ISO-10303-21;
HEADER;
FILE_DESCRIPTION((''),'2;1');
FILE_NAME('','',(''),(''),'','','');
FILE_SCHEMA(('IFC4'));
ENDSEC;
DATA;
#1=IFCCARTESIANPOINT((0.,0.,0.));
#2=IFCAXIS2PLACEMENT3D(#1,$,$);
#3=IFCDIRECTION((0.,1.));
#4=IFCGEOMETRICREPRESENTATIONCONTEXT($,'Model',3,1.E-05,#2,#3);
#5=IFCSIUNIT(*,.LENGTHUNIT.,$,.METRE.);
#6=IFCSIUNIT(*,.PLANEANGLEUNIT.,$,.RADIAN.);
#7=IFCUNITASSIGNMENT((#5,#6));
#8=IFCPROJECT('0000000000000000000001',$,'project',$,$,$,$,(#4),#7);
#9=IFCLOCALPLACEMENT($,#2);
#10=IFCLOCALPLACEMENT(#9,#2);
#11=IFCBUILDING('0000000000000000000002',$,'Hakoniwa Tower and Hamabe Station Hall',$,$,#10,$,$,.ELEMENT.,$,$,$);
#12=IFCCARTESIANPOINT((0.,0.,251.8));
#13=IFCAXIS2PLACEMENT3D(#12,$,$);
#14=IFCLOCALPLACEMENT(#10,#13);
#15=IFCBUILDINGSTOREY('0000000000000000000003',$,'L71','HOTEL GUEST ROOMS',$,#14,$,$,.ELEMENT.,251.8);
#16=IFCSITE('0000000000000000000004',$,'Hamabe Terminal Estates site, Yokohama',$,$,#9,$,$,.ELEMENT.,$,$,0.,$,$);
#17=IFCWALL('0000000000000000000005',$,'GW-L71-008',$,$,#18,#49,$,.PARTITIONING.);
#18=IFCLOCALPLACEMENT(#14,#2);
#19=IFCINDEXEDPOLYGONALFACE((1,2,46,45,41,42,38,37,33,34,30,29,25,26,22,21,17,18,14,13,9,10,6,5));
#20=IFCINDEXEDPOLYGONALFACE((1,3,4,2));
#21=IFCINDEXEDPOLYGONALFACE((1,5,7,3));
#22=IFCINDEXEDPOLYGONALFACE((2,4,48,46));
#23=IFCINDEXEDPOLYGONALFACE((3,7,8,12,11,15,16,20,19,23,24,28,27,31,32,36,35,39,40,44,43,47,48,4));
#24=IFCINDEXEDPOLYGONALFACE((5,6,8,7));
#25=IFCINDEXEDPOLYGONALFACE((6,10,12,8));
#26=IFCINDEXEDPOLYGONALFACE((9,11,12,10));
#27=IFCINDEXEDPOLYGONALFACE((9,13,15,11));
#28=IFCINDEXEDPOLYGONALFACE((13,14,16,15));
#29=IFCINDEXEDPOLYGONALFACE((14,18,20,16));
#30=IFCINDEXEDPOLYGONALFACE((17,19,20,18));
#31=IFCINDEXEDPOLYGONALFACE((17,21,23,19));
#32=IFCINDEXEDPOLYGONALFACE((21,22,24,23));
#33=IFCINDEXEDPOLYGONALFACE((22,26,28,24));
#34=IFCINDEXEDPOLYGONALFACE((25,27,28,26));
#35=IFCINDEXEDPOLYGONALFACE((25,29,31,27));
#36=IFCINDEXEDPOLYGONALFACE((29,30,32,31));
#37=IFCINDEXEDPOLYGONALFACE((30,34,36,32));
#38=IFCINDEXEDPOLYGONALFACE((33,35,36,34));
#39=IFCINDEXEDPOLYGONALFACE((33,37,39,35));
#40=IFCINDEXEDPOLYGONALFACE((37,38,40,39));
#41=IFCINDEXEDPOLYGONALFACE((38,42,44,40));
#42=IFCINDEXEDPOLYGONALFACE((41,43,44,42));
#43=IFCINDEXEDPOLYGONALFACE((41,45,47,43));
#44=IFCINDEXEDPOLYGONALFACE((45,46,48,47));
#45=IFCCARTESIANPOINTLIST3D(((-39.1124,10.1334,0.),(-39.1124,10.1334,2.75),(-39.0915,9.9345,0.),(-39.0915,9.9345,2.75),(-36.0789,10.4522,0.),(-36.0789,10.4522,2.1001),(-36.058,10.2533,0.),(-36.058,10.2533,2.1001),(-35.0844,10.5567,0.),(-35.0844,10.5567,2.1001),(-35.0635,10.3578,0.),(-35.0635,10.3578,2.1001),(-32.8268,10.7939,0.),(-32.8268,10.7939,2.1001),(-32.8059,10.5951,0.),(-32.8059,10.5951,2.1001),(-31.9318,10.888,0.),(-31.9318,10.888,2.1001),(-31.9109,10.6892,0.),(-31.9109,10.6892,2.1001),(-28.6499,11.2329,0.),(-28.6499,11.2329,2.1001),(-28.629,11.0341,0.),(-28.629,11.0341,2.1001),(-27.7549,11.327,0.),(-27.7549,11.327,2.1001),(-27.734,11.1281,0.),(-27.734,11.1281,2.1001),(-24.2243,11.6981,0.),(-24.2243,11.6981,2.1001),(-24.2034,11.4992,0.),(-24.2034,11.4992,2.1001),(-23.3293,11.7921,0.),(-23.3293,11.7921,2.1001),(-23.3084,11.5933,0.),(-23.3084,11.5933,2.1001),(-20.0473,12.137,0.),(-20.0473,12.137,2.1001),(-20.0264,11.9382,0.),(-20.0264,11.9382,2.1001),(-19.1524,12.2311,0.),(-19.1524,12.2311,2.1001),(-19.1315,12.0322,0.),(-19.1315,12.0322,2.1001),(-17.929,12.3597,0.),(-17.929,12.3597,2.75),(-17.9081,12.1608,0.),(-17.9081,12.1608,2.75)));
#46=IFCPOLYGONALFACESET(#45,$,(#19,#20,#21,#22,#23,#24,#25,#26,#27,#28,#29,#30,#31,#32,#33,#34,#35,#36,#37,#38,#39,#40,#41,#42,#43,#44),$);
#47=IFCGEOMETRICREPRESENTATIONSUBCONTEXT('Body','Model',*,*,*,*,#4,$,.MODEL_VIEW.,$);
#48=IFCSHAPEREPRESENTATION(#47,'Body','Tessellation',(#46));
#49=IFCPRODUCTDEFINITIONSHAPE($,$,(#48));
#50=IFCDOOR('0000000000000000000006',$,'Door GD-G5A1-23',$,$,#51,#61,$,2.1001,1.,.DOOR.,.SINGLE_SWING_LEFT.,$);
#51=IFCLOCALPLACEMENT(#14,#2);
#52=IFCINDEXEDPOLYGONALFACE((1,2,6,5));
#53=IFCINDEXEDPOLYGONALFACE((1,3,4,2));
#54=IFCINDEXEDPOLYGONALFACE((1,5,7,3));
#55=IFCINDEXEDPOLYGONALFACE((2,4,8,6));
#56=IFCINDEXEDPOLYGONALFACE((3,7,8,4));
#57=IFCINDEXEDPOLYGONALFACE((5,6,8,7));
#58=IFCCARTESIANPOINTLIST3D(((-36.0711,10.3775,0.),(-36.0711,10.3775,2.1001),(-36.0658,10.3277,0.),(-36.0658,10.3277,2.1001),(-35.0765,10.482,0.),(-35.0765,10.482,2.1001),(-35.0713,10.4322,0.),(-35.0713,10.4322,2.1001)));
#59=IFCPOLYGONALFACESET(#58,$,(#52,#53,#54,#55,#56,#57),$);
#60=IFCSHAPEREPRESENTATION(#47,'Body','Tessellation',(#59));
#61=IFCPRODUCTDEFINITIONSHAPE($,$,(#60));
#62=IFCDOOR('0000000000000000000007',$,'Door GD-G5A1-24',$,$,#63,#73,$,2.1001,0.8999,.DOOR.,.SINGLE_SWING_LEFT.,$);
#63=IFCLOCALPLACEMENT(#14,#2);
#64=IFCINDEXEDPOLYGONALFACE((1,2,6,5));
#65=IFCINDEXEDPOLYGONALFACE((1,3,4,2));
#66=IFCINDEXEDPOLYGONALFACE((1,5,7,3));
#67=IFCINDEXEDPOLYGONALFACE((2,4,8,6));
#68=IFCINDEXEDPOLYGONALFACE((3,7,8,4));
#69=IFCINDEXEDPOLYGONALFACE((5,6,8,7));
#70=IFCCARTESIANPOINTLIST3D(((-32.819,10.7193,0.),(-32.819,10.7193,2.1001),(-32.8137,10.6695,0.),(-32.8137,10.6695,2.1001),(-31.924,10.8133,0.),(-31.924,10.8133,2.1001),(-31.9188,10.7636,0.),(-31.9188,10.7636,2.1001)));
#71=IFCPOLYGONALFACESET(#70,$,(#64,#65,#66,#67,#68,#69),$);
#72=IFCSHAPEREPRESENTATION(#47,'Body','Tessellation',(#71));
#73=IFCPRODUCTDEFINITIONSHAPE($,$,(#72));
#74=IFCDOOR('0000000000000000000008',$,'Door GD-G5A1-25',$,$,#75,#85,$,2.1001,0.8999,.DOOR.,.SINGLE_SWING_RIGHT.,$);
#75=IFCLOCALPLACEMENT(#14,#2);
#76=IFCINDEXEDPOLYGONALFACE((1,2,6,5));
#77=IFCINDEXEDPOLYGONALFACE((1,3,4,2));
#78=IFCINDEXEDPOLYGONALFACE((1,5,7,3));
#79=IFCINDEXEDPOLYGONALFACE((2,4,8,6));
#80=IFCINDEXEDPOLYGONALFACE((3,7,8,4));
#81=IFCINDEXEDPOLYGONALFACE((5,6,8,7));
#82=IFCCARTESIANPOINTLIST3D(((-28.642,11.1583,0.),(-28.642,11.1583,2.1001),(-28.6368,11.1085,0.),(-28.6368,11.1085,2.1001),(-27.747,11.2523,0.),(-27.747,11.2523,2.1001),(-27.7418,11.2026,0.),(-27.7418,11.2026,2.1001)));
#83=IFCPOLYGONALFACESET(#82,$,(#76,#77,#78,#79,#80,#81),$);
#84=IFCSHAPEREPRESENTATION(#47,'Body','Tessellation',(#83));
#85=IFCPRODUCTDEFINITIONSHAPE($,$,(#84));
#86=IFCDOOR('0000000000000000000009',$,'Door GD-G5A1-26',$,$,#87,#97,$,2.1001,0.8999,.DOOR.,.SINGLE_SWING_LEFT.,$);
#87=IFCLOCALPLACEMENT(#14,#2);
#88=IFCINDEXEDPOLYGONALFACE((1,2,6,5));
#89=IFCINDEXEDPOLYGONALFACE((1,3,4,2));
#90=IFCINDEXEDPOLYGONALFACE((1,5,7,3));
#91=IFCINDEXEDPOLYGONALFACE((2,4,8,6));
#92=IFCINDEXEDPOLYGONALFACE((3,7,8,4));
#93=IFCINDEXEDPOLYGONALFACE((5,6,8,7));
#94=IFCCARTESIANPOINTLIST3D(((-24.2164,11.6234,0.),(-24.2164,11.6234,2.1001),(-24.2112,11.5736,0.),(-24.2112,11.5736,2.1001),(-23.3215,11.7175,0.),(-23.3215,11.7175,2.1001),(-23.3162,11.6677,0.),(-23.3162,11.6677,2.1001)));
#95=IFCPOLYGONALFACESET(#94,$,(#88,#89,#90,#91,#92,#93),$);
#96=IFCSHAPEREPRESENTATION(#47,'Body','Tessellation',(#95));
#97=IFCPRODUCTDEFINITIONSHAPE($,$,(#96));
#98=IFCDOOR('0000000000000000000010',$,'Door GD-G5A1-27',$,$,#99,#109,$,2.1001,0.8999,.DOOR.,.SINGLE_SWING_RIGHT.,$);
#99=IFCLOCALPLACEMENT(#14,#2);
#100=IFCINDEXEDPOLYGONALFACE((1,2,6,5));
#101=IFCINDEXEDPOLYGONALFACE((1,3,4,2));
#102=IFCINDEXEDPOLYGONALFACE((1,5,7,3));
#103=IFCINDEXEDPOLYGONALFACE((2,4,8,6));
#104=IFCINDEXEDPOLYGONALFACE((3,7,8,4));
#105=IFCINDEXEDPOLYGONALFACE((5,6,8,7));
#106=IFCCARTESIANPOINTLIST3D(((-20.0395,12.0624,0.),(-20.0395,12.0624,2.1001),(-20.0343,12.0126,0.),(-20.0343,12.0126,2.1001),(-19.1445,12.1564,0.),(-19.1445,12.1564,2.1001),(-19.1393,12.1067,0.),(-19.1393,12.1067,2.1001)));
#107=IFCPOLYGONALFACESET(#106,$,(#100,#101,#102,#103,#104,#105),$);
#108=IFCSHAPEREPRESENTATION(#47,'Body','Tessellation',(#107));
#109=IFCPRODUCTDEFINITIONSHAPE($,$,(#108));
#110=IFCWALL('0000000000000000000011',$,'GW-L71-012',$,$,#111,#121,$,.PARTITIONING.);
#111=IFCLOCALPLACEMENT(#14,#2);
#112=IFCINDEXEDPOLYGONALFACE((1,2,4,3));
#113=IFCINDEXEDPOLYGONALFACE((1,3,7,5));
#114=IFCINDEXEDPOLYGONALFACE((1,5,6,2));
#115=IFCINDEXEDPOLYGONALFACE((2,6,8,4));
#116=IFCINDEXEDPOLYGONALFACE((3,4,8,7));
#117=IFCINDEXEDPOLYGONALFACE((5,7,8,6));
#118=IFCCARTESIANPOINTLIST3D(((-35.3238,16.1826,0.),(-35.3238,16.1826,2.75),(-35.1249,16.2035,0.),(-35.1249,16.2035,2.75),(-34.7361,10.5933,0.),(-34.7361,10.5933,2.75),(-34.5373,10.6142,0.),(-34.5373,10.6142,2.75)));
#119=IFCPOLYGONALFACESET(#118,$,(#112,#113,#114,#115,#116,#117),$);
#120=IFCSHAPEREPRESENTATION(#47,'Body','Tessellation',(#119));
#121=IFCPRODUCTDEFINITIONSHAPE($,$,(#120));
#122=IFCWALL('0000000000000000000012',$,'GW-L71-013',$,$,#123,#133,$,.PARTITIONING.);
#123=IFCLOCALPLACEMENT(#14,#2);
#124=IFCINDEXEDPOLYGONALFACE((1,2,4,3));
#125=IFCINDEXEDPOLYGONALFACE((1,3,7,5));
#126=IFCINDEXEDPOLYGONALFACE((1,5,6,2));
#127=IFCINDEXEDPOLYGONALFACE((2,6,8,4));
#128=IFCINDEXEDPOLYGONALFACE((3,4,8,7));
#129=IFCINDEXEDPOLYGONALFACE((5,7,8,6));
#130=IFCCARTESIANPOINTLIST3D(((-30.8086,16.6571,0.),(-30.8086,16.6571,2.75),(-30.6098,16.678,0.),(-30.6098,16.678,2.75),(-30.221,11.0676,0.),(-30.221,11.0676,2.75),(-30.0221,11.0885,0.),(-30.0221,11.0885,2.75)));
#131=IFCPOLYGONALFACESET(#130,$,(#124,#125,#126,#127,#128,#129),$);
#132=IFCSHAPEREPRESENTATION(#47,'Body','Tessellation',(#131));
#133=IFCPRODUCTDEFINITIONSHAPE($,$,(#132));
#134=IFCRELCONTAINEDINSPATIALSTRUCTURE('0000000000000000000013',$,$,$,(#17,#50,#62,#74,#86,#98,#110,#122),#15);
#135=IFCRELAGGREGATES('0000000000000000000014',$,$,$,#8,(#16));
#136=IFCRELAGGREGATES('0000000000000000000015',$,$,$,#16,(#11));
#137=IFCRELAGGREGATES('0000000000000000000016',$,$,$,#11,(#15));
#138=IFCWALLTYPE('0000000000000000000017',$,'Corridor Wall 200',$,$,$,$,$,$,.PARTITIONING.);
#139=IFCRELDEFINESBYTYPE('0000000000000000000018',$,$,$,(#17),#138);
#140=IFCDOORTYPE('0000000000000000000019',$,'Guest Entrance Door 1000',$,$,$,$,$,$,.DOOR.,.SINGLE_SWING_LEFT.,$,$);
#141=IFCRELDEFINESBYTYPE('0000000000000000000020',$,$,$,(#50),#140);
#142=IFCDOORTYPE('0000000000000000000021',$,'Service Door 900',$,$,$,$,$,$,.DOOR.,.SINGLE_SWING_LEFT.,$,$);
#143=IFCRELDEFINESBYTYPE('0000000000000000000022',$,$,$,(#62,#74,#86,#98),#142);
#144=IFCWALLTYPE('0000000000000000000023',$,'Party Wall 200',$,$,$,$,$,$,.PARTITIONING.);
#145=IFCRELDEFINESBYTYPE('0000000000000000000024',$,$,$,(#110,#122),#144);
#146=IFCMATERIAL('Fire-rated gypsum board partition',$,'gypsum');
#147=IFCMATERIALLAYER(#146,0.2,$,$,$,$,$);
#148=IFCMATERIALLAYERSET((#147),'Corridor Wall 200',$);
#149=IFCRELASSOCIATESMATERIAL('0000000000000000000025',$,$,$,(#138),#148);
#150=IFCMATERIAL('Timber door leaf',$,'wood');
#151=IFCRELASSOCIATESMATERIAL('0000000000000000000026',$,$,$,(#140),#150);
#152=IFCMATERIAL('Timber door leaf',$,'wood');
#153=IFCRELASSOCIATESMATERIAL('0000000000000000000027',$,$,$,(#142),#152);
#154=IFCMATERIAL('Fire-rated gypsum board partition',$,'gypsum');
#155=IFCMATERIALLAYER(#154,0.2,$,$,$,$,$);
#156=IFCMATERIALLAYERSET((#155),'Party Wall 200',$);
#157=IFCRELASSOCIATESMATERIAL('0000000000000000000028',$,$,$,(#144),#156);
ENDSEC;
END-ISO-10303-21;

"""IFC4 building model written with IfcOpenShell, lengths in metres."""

from ifc_helpers import new_model, si_unit, direction, frame, frame_2d, origin, place, context, subcontext, project, spatial, rectangle, extrude, material, layer, layer_set, type_object, element, fill, save


model = new_model("IFC4")

# Units and contexts
model_context = context("Model", 3, precision=1e-05, world=origin(), true_north=direction((0.0, 1.0)))
body_context = subcontext(model_context, "Body", "Model", "MODEL_VIEW")
ifc_project = project(units=[si_unit("LENGTHUNIT", "METRE"), si_unit("PLANEANGLEUNIT", "RADIAN")], contexts=[model_context])

# Site, building, storey
site_placement = place(None, origin())
site = spatial("IfcSite", under=ifc_project, at=site_placement, Name="Hamabe Terminal Estates site, Yokohama", CompositionType="ELEMENT", RefElevation=0.0)
building_placement = place(site_placement, origin())
building = spatial("IfcBuilding", under=site, at=building_placement, Name="Hakoniwa Tower and Hamabe Station Hall", CompositionType="ELEMENT")
storey_placement = place(building_placement, frame((0.0, 0.0, 251.8)))
storey = spatial("IfcBuildingStorey", under=building, at=storey_placement, Name="L71", Description="HOTEL GUEST ROOMS", CompositionType="ELEMENT", Elevation=251.8)

# Wall, openings, doors
ifc_material_1 = material(Name="Fire-rated gypsum board partition", Category="gypsum")
ifc_layer_1 = layer(ifc_material_1, 0.2)
ifc_layer_set_1 = layer_set([ifc_layer_1], Name="Corridor Wall 200")
wall_type_1 = type_object("IfcWallType", Name="Corridor Wall 200", PredefinedType="PARTITIONING", material=ifc_layer_set_1)
wall_1_placement = place(storey_placement, frame((-39.1018, 10.0339, 0.0), z_axis=(0.0, 0.0, 1.0), x_axis=(0.994523, 0.104522, 0.0)))
wall_1 = element("IfcWall", 1, at=wall_1_placement, inside=storey, type_object=wall_type_1, Name="GW-L71-008", PredefinedType="PARTITIONING", context=body_context, shape_type="SweptSolid", body=[
    extrude(rectangle(XDim=21.3, YDim=0.2, at=frame_2d((10.6499, 0.0))), origin(), (0.0, 0.0, 1.0), 2.75),
])
opening_1_placement = place(wall_1_placement, frame((3.05, 0.0, 0.0)))
opening_1 = element("IfcOpeningElement", 2, at=opening_1_placement, cuts=wall_1, PredefinedType="OPENING", context=body_context, shape_type="SweptSolid", body=[
    extrude(rectangle(XDim=1.0, YDim=2.1001, at=frame_2d((0.5, 1.05))), frame((0.0, 0.1099, 0.0), z_axis=(0.0, -1.0, 0.0), x_axis=(1.0, 0.0, 0.0)), (0.0, 0.0, 1.0), 0.22),
])
opening_2_placement = place(wall_1_placement, frame((6.3201, 0.0, 0.0)))
opening_2 = element("IfcOpeningElement", 3, at=opening_2_placement, cuts=wall_1, PredefinedType="OPENING", context=body_context, shape_type="SweptSolid", body=[
    extrude(rectangle(XDim=0.8999, YDim=2.1001, at=frame_2d((0.45, 1.05))), frame((0.0, 0.1099, 0.0), z_axis=(0.0, -1.0, 0.0), x_axis=(1.0, 0.0, 0.0)), (0.0, 0.0, 1.0), 0.22),
])
opening_3_placement = place(wall_1_placement, frame((10.52, 0.0, 0.0)))
opening_3 = element("IfcOpeningElement", 4, at=opening_3_placement, cuts=wall_1, PredefinedType="OPENING", context=body_context, shape_type="SweptSolid", body=[
    extrude(rectangle(XDim=0.8999, YDim=2.1001, at=frame_2d((0.45, 1.05))), frame((0.0, 0.1099, 0.0), z_axis=(0.0, -1.0, 0.0), x_axis=(1.0, 0.0, 0.0)), (0.0, 0.0, 1.0), 0.22),
])
opening_4_placement = place(wall_1_placement, frame((14.97, 0.0, 0.0)))
opening_4 = element("IfcOpeningElement", 5, at=opening_4_placement, cuts=wall_1, PredefinedType="OPENING", context=body_context, shape_type="SweptSolid", body=[
    extrude(rectangle(XDim=0.8999, YDim=2.1001, at=frame_2d((0.45, 1.05))), frame((0.0, 0.1099, 0.0), z_axis=(0.0, -1.0, 0.0), x_axis=(1.0, 0.0, 0.0)), (0.0, 0.0, 1.0), 0.22),
])
opening_5_placement = place(wall_1_placement, frame((19.1699, 0.0, 0.0)))
opening_5 = element("IfcOpeningElement", 6, at=opening_5_placement, cuts=wall_1, PredefinedType="OPENING", context=body_context, shape_type="SweptSolid", body=[
    extrude(rectangle(XDim=0.8999, YDim=2.1001, at=frame_2d((0.45, 1.05))), frame((0.0, 0.1099, 0.0), z_axis=(0.0, -1.0, 0.0), x_axis=(1.0, 0.0, 0.0)), (0.0, 0.0, 1.0), 0.22),
])
ifc_material_2 = material(Name="Timber door leaf", Category="wood")
door_type_1 = type_object("IfcDoorType", Name="Guest Entrance Door 1000", OperationType="SINGLE_SWING_LEFT", PredefinedType="DOOR", material=ifc_material_2)
door_1_placement = place(opening_1_placement, origin())
door_1 = element("IfcDoor", 7, at=door_1_placement, inside=storey, type_object=door_type_1, Name="Door GD-G5A1-23", OperationType="SINGLE_SWING_LEFT", OverallHeight=2.1001, OverallWidth=1.0, PredefinedType="DOOR", context=body_context, shape_type="SweptSolid", body=[
    extrude(rectangle(XDim=1.0, YDim=2.1001, at=frame_2d((0.5, 1.05))), frame((0.0, 0.0249, 0.0), z_axis=(0.0, -1.0, 0.0), x_axis=(1.0, 0.0, 0.0)), (0.0, 0.0, 1.0), 0.05),
])
fill(opening_1, door_1)
ifc_material_3 = material(Name="Timber door leaf", Category="wood")
door_type_2 = type_object("IfcDoorType", Name="Service Door 900", OperationType="SINGLE_SWING_LEFT", PredefinedType="DOOR", material=ifc_material_3)
door_2_placement = place(opening_2_placement, origin())
door_2 = element("IfcDoor", 8, at=door_2_placement, inside=storey, type_object=door_type_2, Name="Door GD-G5A1-24", OperationType="SINGLE_SWING_LEFT", OverallHeight=2.1001, OverallWidth=0.8999, PredefinedType="DOOR", context=body_context, shape_type="SweptSolid", body=[
    extrude(rectangle(XDim=0.8999, YDim=2.1001, at=frame_2d((0.45, 1.05))), frame((0.0, 0.0249, 0.0), z_axis=(0.0, -1.0, 0.0), x_axis=(1.0, 0.0, 0.0)), (0.0, 0.0, 1.0), 0.05),
])
fill(opening_2, door_2)
door_3_placement = place(opening_3_placement, origin())
door_3 = element("IfcDoor", 9, at=door_3_placement, inside=storey, type_object=door_type_2, Name="Door GD-G5A1-25", OperationType="SINGLE_SWING_RIGHT", OverallHeight=2.1001, OverallWidth=0.8999, PredefinedType="DOOR", context=body_context, shape_type="SweptSolid", body=[
    extrude(rectangle(XDim=0.8999, YDim=2.1001, at=frame_2d((0.45, 1.05))), frame((0.0, 0.0249, 0.0), z_axis=(0.0, -1.0, 0.0), x_axis=(1.0, 0.0, 0.0)), (0.0, 0.0, 1.0), 0.05),
])
fill(opening_3, door_3)
door_4_placement = place(opening_4_placement, origin())
door_4 = element("IfcDoor", 10, at=door_4_placement, inside=storey, type_object=door_type_2, Name="Door GD-G5A1-26", OperationType="SINGLE_SWING_LEFT", OverallHeight=2.1001, OverallWidth=0.8999, PredefinedType="DOOR", context=body_context, shape_type="SweptSolid", body=[
    extrude(rectangle(XDim=0.8999, YDim=2.1001, at=frame_2d((0.45, 1.05))), frame((0.0, 0.0249, 0.0), z_axis=(0.0, -1.0, 0.0), x_axis=(1.0, 0.0, 0.0)), (0.0, 0.0, 1.0), 0.05),
])
fill(opening_4, door_4)
door_5_placement = place(opening_5_placement, origin())
door_5 = element("IfcDoor", 11, at=door_5_placement, inside=storey, type_object=door_type_2, Name="Door GD-G5A1-27", OperationType="SINGLE_SWING_RIGHT", OverallHeight=2.1001, OverallWidth=0.8999, PredefinedType="DOOR", context=body_context, shape_type="SweptSolid", body=[
    extrude(rectangle(XDim=0.8999, YDim=2.1001, at=frame_2d((0.45, 1.05))), frame((0.0, 0.0249, 0.0), z_axis=(0.0, -1.0, 0.0), x_axis=(1.0, 0.0, 0.0)), (0.0, 0.0, 1.0), 0.05),
])
fill(opening_5, door_5)

# Walls
ifc_material_4 = material(Name="Fire-rated gypsum board partition", Category="gypsum")
ifc_layer_2 = layer(ifc_material_4, 0.2)
ifc_layer_set_2 = layer_set([ifc_layer_2], Name="Party Wall 200")
wall_type_2 = type_object("IfcWallType", Name="Party Wall 200", PredefinedType="PARTITIONING", material=ifc_layer_set_2)
wall_2_placement = place(storey_placement, frame((-34.6367, 10.6038, 0.0), z_axis=(0.0, 0.0, 1.0), x_axis=(-0.10456, 0.994519, 0.0)))
element("IfcWall", 12, at=wall_2_placement, inside=storey, type_object=wall_type_2, Name="GW-L71-012", PredefinedType="PARTITIONING", context=body_context, shape_type="SweptSolid", body=[
    extrude(rectangle(XDim=5.6201, YDim=0.2, at=frame_2d((2.8101, 0.0))), origin(), (0.0, 0.0, 1.0), 2.75),
])
wall_3_placement = place(storey_placement, frame((-30.1216, 11.0781, 0.0), z_axis=(0.0, 0.0, 1.0), x_axis=(-0.104556, 0.994519, 0.0)))
element("IfcWall", 13, at=wall_3_placement, inside=storey, type_object=wall_type_2, Name="GW-L71-013", PredefinedType="PARTITIONING", context=body_context, shape_type="SweptSolid", body=[
    extrude(rectangle(XDim=5.6204, YDim=0.2, at=frame_2d((2.8101, 0.0))), origin(), (0.0, 0.0, 1.0), 2.75),
])

save(model, "model.ifc")
